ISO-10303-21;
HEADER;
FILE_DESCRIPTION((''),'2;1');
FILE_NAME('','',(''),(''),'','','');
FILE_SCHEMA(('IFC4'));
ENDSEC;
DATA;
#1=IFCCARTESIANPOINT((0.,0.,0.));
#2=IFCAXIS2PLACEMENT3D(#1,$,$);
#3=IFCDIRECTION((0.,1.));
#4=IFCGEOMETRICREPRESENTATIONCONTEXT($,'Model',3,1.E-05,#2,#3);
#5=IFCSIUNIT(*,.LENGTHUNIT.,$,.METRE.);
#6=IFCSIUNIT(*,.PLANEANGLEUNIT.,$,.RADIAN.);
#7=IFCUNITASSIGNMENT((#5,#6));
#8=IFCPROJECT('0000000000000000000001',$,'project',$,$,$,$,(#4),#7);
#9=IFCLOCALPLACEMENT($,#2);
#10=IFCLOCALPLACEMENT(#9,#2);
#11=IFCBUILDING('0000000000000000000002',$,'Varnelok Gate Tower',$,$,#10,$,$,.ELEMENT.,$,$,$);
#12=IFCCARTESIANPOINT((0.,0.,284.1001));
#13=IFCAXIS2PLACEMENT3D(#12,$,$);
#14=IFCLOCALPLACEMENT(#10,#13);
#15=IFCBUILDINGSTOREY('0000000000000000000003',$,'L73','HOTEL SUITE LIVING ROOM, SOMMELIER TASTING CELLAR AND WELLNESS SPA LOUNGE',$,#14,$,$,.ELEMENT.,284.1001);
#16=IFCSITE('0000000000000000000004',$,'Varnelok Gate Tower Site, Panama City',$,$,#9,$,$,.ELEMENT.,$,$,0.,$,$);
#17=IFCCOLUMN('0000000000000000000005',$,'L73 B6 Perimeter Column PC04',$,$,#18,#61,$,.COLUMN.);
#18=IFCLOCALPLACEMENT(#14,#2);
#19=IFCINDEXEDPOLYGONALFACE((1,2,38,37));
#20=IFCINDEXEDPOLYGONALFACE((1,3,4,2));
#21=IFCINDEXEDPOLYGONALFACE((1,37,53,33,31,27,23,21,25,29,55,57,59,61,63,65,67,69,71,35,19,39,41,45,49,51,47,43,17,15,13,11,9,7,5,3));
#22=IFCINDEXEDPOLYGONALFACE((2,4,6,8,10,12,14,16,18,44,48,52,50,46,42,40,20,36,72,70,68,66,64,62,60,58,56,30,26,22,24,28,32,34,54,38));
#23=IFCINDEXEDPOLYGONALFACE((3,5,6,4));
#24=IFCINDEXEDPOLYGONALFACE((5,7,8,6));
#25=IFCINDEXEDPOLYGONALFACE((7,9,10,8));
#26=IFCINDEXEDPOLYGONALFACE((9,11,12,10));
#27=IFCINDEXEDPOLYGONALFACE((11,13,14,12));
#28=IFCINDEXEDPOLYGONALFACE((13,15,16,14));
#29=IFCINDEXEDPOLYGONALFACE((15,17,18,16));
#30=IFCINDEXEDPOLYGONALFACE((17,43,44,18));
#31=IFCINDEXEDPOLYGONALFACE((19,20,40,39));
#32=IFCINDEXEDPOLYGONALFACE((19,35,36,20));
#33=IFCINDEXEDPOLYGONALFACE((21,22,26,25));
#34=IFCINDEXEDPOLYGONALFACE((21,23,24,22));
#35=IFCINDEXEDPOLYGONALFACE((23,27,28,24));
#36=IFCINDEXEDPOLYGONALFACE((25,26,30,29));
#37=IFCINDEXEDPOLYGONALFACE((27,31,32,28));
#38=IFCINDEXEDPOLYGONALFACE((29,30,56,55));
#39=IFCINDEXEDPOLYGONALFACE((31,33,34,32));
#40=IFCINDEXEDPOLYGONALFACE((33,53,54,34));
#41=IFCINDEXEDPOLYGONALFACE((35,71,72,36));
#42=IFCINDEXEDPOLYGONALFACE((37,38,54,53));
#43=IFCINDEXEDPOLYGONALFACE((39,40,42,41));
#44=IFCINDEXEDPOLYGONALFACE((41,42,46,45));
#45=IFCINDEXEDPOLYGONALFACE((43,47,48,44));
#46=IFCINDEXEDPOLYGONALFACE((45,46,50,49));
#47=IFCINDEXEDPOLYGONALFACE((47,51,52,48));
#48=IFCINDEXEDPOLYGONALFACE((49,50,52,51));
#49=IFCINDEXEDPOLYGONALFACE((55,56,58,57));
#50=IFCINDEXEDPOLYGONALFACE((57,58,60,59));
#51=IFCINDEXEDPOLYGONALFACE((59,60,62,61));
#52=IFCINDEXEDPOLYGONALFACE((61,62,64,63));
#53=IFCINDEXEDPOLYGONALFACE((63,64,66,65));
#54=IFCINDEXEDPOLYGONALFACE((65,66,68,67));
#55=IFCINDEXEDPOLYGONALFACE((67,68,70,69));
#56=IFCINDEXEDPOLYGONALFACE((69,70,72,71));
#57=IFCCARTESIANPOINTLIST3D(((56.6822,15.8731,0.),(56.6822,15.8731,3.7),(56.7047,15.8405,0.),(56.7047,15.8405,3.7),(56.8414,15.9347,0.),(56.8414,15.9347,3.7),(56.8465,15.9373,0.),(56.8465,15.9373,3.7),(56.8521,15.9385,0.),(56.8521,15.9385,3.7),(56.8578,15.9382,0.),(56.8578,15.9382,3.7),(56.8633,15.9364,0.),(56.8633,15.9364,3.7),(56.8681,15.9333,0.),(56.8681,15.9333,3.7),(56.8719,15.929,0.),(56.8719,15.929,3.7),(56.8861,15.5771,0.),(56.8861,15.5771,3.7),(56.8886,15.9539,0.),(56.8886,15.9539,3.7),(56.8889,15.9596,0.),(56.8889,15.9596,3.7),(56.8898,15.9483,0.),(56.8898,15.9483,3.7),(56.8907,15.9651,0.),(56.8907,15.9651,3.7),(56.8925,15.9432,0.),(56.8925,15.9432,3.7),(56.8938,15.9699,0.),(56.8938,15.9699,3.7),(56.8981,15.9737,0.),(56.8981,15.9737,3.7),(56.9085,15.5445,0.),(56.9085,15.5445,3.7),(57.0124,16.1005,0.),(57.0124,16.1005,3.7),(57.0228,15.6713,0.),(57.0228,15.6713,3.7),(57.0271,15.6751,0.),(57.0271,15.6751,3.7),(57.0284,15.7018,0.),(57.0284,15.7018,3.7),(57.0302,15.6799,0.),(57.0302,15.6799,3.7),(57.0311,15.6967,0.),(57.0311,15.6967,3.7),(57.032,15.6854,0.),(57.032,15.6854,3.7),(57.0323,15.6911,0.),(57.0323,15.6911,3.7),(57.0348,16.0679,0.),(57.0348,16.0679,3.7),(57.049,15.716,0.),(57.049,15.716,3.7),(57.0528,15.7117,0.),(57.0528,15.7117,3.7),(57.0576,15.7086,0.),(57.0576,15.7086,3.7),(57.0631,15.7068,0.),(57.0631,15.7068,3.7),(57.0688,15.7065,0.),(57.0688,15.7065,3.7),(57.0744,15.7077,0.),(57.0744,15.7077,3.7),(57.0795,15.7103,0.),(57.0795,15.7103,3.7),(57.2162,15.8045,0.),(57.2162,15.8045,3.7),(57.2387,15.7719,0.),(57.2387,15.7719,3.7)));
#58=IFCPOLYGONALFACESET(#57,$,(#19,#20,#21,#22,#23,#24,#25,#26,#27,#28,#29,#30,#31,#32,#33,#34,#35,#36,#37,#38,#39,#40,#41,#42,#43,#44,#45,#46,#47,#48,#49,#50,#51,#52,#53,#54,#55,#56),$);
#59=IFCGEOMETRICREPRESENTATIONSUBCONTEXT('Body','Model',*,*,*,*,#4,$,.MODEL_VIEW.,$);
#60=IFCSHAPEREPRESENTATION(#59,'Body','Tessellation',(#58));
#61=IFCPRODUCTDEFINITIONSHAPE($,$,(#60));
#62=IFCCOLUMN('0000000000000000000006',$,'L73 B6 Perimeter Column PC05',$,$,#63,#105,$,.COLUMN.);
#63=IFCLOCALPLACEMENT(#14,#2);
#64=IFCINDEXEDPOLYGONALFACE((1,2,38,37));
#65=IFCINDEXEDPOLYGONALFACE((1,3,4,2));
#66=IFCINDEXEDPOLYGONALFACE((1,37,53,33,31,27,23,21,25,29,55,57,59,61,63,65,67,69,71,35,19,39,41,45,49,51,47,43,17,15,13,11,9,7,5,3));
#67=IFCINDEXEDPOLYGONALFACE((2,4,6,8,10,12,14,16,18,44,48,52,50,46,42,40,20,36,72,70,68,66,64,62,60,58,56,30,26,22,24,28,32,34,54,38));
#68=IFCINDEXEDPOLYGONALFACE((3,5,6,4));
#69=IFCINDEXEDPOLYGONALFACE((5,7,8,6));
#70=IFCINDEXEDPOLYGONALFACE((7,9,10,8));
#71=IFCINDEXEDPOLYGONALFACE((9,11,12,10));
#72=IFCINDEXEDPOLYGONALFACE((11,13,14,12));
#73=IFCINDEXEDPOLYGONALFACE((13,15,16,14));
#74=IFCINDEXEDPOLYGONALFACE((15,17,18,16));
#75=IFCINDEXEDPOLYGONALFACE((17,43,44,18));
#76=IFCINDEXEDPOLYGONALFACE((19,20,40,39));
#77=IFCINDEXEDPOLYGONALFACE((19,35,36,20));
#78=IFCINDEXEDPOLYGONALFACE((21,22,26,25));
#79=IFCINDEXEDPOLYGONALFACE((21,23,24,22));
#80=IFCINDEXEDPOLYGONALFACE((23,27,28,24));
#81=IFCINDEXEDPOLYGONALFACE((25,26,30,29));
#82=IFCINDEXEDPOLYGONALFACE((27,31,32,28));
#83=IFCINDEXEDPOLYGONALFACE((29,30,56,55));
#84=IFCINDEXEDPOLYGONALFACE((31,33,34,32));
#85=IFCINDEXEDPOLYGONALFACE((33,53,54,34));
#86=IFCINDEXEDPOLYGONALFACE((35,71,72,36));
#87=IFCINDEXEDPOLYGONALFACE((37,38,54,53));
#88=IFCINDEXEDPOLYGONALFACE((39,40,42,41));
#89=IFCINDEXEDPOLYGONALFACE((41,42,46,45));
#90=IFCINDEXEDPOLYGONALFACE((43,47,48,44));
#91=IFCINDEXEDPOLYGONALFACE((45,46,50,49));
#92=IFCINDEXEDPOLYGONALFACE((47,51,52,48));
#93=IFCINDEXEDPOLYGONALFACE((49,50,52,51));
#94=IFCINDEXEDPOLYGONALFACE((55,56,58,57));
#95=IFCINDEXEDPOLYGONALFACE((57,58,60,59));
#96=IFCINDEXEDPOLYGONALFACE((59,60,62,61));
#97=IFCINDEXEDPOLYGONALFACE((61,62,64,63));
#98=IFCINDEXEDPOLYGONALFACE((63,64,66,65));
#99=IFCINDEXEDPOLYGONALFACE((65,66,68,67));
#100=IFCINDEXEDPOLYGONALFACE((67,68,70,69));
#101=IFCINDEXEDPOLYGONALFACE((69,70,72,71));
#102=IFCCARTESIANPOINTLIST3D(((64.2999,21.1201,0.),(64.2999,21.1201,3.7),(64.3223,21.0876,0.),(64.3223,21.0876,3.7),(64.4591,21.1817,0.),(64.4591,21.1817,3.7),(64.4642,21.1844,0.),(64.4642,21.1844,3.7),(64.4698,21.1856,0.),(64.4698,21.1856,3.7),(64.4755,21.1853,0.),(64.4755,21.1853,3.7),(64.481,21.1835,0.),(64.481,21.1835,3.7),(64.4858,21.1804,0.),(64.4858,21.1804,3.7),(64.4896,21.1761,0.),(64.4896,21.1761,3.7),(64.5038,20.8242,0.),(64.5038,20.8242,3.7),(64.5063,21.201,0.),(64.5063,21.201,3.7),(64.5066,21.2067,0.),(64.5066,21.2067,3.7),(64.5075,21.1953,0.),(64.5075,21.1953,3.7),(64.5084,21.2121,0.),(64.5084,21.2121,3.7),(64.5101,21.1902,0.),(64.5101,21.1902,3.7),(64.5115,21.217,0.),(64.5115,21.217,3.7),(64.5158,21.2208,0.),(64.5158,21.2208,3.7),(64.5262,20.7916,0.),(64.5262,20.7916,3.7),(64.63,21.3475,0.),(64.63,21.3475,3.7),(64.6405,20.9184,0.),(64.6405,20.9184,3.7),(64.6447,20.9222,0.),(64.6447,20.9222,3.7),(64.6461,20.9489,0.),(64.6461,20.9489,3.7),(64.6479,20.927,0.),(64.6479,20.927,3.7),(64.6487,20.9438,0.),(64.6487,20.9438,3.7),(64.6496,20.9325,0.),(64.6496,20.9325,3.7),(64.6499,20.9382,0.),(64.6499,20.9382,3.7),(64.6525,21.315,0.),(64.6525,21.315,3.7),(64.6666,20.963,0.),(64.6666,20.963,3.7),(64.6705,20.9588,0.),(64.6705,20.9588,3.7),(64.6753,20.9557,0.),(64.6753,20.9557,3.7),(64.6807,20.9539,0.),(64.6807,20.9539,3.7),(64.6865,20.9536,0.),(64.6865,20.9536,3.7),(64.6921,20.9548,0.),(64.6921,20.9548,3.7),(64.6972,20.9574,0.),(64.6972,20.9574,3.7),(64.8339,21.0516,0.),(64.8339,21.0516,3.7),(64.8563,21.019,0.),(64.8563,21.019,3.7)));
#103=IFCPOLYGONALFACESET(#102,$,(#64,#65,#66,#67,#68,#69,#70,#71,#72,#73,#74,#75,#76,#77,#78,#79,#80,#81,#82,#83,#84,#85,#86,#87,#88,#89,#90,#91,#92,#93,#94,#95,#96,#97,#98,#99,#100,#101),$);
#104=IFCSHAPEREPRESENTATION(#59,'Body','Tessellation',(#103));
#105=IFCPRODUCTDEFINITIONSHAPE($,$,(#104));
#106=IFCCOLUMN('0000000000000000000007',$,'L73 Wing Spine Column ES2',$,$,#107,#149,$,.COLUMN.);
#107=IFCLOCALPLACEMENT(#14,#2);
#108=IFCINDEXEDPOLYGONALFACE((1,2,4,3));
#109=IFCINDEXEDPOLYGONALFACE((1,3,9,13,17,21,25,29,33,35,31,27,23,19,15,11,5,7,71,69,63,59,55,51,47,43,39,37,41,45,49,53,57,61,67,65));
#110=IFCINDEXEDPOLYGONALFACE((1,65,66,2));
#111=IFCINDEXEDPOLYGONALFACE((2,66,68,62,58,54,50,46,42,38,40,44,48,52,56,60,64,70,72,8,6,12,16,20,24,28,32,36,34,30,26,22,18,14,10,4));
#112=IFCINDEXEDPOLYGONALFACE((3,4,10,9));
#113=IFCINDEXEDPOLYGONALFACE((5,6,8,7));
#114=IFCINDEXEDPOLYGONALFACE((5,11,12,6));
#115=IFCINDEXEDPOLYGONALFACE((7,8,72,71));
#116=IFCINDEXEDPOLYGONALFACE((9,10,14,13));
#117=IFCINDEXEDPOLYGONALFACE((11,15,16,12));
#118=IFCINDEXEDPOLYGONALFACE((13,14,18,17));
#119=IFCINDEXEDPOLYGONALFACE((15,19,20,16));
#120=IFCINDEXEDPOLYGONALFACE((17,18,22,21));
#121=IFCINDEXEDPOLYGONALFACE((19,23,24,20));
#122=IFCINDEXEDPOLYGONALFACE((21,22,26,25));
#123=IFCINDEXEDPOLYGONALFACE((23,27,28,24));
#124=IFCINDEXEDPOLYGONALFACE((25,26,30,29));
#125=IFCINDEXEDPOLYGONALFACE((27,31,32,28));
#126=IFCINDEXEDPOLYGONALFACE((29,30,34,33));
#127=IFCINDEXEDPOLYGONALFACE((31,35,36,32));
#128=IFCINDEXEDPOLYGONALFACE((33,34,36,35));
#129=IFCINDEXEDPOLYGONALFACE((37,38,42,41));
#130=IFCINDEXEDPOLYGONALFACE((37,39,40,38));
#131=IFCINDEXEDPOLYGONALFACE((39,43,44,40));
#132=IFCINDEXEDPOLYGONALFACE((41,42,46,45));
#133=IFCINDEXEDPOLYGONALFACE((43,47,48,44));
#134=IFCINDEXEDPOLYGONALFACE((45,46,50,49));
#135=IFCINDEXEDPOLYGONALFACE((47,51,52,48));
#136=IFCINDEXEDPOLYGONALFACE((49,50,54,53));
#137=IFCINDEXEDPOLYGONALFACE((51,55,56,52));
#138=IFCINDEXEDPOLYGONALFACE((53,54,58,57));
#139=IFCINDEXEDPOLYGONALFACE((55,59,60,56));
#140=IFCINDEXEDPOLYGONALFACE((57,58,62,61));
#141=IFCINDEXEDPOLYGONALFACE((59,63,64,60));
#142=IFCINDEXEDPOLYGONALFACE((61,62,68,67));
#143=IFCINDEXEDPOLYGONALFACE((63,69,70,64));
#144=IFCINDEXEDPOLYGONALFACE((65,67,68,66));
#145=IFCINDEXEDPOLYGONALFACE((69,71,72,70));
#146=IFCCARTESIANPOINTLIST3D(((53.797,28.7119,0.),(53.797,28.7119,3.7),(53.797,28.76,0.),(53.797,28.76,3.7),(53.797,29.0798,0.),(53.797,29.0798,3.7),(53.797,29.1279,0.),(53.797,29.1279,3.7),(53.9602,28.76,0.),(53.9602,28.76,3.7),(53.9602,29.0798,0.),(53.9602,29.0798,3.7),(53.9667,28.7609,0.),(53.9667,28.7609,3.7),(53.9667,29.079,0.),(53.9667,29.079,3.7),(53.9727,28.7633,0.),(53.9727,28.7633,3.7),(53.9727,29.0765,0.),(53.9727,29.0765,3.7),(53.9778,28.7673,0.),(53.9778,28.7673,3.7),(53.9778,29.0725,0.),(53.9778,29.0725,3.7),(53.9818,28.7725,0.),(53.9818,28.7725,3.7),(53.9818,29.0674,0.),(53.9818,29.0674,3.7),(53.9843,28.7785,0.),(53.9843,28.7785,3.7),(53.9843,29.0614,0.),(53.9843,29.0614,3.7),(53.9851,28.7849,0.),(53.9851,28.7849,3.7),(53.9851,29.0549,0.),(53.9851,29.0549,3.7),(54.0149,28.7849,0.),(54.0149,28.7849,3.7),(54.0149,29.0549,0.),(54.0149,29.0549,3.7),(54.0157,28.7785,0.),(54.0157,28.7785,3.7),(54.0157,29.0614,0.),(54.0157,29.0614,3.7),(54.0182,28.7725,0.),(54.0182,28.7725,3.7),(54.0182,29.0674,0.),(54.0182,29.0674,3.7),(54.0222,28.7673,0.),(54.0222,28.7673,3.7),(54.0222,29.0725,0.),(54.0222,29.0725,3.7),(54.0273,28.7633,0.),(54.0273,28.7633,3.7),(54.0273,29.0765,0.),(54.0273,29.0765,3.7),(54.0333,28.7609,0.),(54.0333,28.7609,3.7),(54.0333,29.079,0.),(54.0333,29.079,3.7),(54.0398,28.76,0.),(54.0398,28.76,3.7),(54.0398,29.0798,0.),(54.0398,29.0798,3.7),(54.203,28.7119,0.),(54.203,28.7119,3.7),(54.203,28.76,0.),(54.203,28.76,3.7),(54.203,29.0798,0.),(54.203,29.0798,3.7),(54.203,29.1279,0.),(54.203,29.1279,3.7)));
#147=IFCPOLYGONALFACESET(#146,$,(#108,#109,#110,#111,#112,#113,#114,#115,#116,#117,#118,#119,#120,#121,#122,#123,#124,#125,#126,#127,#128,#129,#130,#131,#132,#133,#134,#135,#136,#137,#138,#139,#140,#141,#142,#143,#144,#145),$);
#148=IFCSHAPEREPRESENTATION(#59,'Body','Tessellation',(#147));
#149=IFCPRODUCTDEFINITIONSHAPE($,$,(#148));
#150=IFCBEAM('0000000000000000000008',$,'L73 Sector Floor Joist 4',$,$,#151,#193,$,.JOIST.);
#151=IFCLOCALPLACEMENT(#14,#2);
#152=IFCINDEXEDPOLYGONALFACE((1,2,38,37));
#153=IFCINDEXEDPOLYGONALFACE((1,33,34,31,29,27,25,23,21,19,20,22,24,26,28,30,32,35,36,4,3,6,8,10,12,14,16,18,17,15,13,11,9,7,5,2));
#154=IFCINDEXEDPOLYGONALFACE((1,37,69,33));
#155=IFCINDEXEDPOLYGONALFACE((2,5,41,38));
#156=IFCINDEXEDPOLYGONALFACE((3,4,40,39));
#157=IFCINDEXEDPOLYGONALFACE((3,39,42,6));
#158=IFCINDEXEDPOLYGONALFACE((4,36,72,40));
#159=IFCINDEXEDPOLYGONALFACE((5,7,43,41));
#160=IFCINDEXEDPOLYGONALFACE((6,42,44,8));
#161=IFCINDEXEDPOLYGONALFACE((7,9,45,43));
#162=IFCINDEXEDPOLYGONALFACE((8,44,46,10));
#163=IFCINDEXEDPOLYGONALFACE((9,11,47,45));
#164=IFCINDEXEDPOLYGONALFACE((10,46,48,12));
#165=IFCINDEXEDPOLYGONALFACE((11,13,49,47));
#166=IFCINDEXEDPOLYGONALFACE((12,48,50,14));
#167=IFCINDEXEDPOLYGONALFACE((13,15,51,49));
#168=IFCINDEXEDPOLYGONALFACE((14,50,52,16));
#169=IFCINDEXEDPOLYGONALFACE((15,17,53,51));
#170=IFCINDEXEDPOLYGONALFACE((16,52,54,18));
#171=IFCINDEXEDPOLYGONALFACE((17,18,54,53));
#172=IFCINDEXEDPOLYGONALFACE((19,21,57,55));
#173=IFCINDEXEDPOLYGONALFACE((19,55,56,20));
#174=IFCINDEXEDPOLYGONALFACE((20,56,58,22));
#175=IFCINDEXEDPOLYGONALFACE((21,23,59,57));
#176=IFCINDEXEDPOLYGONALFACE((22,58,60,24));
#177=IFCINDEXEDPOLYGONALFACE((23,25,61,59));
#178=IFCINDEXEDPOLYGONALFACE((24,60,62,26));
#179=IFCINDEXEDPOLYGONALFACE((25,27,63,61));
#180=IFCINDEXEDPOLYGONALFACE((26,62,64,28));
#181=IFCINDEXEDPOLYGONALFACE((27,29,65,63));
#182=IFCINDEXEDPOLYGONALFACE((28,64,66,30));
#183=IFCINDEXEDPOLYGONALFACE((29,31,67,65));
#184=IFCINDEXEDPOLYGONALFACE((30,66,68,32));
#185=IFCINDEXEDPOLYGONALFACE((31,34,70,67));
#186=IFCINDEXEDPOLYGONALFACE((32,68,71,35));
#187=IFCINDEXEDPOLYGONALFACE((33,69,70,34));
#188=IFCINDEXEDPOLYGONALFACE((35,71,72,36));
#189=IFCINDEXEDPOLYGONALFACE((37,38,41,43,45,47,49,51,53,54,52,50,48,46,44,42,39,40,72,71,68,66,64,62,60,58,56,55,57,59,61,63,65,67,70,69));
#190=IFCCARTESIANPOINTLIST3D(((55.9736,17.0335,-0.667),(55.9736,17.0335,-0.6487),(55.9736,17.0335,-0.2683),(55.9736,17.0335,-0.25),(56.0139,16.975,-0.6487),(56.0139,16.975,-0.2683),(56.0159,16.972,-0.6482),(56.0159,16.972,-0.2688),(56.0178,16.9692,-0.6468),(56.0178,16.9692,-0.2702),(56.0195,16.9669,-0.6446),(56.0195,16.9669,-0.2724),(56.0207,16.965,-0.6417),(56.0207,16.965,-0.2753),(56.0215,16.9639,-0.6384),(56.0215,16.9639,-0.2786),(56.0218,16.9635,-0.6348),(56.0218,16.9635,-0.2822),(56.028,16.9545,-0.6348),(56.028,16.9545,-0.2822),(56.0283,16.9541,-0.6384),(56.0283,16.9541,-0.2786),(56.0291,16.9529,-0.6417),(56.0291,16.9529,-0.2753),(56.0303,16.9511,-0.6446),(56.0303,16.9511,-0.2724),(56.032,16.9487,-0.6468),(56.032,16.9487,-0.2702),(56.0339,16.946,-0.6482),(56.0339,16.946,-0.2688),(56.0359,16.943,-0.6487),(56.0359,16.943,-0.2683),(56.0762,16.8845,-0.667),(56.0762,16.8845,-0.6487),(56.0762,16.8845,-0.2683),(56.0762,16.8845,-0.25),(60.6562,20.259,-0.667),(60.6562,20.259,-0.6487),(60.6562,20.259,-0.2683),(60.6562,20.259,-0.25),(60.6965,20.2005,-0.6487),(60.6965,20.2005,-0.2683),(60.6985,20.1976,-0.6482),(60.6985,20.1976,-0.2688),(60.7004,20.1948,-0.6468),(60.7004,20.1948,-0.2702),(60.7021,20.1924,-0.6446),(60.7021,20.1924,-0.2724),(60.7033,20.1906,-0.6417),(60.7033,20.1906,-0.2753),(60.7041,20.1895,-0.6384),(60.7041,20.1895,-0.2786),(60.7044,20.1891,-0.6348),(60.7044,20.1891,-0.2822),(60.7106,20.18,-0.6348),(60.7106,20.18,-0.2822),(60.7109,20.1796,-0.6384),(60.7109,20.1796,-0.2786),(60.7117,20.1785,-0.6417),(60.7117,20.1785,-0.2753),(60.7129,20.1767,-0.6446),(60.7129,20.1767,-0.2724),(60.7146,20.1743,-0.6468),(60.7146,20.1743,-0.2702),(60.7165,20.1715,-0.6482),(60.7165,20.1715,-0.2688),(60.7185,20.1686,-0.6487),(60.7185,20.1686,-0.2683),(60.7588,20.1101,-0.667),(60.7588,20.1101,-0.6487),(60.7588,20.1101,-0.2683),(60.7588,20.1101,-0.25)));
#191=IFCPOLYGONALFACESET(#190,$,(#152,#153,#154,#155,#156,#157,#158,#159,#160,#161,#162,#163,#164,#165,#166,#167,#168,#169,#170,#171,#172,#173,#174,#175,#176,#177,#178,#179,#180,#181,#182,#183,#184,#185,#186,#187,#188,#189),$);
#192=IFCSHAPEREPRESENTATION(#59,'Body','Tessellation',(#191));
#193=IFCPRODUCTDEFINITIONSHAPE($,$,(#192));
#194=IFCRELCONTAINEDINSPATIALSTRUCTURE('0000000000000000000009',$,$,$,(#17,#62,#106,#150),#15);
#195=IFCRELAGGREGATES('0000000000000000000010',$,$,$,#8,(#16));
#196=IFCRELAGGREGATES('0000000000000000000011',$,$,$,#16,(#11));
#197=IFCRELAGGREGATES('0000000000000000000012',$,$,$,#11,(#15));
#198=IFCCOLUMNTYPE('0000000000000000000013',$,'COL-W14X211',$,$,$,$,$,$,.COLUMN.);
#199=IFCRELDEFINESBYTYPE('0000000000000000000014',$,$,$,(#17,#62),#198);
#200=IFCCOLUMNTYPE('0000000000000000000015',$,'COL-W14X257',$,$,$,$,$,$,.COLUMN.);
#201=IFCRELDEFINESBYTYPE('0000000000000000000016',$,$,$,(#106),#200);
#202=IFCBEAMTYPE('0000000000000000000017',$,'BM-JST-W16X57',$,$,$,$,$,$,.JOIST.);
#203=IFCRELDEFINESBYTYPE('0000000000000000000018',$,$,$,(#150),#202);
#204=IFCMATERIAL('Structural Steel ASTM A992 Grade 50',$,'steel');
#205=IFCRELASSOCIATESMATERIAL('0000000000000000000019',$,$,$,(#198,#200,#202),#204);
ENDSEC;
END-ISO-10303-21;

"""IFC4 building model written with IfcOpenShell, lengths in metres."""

from ifc_helpers import new_model, si_unit, direction, frame, origin, origin_2d, place, context, subcontext, project, spatial, i_section, extrude, material, material_profile, profile_set, type_object, element, save


model = new_model("IFC4")

# Units and contexts
model_context = context("Model", 3, precision=1e-05, world=origin(), true_north=direction((0.0, 1.0)))
body_context = subcontext(model_context, "Body", "Model", "MODEL_VIEW")
ifc_project = project(units=[si_unit("LENGTHUNIT", "METRE"), si_unit("PLANEANGLEUNIT", "RADIAN")], contexts=[model_context])

# Site, building, storey
site_placement = place(None, origin())
site = spatial("IfcSite", under=ifc_project, at=site_placement, Name="Varnelok Gate Tower Site, Panama City", CompositionType="ELEMENT", RefElevation=0.0)
building_placement = place(site_placement, origin())
building = spatial("IfcBuilding", under=site, at=building_placement, Name="Varnelok Gate Tower", CompositionType="ELEMENT")
storey_placement = place(building_placement, frame((0.0, 0.0, 284.1001)))
storey = spatial("IfcBuildingStorey", under=building, at=storey_placement, Name="L73", Description="HOTEL SUITE LIVING ROOM, SOMMELIER TASTING CELLAR AND WELLNESS SPA LOUNGE", CompositionType="ELEMENT", Elevation=284.1001)

# Columns
ifc_material_1 = material(Name="Structural Steel ASTM A992 Grade 50", Category="steel")
ifc_material_profile_1 = material_profile(ifc_material_1, i_section(OverallWidth=0.4009, OverallDepth=0.3989, WebThickness=0.0249, FlangeThickness=0.0396, FilletRadius=0.022, at=origin_2d()), Name="W14X211")
ifc_profile_set_1 = profile_set([ifc_material_profile_1], Name="Structural Steel ASTM A992 Grade 50")
column_type_1 = type_object("IfcColumnType", Name="COL-W14X211", PredefinedType="COLUMN", material=ifc_profile_set_1)
for number, where, z_axis, x_axis, name in (
    (1, (56.9604, 15.8225, 0.0), (0.0, 0.0, 1.0), (0.823533, 0.567269, 0.0), "L73 B6 Perimeter Column PC04"),
    (2, (64.5781, 21.0696, 0.0), (0.0, 0.0, 1.0), (0.823533, 0.567269, 0.0), "L73 B6 Perimeter Column PC05"),
):
    element("IfcColumn", number, at=place(storey_placement, frame(where, z_axis=z_axis, x_axis=x_axis)), inside=storey, type_object=column_type_1, Name=name, PredefinedType="COLUMN", context=body_context, shape_type="SweptSolid", body=[
        extrude(i_section(OverallWidth=0.4009, OverallDepth=0.3989, WebThickness=0.0249, FlangeThickness=0.0396, FilletRadius=0.022, at=origin_2d()), origin(), (0.0, 0.0, 1.0), 3.7),
    ])
ifc_material_profile_2 = material_profile(ifc_material_1, i_section(OverallWidth=0.406, OverallDepth=0.416, WebThickness=0.0298, FlangeThickness=0.0481, FilletRadius=0.0249, at=origin_2d()), Name="W14X257")
ifc_profile_set_2 = profile_set([ifc_material_profile_2], Name="Structural Steel ASTM A992 Grade 50")
column_type_2 = type_object("IfcColumnType", Name="COL-W14X257", PredefinedType="COLUMN", material=ifc_profile_set_2)
column_placement = place(storey_placement, frame((54.0, 28.9199, 0.0), z_axis=(0.0, 0.0, 1.0), x_axis=(1.0, 0.0, 0.0)))
element("IfcColumn", 3, at=column_placement, inside=storey, type_object=column_type_2, Name="L73 Wing Spine Column ES2", PredefinedType="COLUMN", context=body_context, shape_type="SweptSolid", body=[
    extrude(i_section(OverallWidth=0.406, OverallDepth=0.416, WebThickness=0.0298, FlangeThickness=0.0481, FilletRadius=0.0249, at=origin_2d()), origin(), (0.0, 0.0, 1.0), 3.7),
])

# Beam
ifc_material_profile_3 = material_profile(ifc_material_1, i_section(OverallWidth=0.1809, OverallDepth=0.417, WebThickness=0.011, FlangeThickness=0.0183, FilletRadius=0.0139, at=origin_2d()), Name="W16X57")
ifc_profile_set_3 = profile_set([ifc_material_profile_3], Name="Structural Steel ASTM A992 Grade 50")
beam_type_1 = type_object("IfcBeamType", Name="BM-JST-W16X57", PredefinedType="JOIST", material=ifc_profile_set_3)
beam_1_placement = place(storey_placement, frame((56.0249, 16.959, -0.4585), z_axis=(0.823525, 0.567279, 0.0), x_axis=(-0.567279, 0.823525, 0.0)))
element("IfcBeam", 4, at=beam_1_placement, inside=storey, type_object=beam_type_1, Name="L73 Sector Floor Joist 4", PredefinedType="JOIST", context=body_context, shape_type="SweptSolid", body=[
    extrude(i_section(OverallWidth=0.1809, OverallDepth=0.417, WebThickness=0.011, FlangeThickness=0.0183, FilletRadius=0.0139, at=origin_2d()), origin(), (0.0, 0.0, 1.0), 5.686),
])

save(model, "model.ifc")
